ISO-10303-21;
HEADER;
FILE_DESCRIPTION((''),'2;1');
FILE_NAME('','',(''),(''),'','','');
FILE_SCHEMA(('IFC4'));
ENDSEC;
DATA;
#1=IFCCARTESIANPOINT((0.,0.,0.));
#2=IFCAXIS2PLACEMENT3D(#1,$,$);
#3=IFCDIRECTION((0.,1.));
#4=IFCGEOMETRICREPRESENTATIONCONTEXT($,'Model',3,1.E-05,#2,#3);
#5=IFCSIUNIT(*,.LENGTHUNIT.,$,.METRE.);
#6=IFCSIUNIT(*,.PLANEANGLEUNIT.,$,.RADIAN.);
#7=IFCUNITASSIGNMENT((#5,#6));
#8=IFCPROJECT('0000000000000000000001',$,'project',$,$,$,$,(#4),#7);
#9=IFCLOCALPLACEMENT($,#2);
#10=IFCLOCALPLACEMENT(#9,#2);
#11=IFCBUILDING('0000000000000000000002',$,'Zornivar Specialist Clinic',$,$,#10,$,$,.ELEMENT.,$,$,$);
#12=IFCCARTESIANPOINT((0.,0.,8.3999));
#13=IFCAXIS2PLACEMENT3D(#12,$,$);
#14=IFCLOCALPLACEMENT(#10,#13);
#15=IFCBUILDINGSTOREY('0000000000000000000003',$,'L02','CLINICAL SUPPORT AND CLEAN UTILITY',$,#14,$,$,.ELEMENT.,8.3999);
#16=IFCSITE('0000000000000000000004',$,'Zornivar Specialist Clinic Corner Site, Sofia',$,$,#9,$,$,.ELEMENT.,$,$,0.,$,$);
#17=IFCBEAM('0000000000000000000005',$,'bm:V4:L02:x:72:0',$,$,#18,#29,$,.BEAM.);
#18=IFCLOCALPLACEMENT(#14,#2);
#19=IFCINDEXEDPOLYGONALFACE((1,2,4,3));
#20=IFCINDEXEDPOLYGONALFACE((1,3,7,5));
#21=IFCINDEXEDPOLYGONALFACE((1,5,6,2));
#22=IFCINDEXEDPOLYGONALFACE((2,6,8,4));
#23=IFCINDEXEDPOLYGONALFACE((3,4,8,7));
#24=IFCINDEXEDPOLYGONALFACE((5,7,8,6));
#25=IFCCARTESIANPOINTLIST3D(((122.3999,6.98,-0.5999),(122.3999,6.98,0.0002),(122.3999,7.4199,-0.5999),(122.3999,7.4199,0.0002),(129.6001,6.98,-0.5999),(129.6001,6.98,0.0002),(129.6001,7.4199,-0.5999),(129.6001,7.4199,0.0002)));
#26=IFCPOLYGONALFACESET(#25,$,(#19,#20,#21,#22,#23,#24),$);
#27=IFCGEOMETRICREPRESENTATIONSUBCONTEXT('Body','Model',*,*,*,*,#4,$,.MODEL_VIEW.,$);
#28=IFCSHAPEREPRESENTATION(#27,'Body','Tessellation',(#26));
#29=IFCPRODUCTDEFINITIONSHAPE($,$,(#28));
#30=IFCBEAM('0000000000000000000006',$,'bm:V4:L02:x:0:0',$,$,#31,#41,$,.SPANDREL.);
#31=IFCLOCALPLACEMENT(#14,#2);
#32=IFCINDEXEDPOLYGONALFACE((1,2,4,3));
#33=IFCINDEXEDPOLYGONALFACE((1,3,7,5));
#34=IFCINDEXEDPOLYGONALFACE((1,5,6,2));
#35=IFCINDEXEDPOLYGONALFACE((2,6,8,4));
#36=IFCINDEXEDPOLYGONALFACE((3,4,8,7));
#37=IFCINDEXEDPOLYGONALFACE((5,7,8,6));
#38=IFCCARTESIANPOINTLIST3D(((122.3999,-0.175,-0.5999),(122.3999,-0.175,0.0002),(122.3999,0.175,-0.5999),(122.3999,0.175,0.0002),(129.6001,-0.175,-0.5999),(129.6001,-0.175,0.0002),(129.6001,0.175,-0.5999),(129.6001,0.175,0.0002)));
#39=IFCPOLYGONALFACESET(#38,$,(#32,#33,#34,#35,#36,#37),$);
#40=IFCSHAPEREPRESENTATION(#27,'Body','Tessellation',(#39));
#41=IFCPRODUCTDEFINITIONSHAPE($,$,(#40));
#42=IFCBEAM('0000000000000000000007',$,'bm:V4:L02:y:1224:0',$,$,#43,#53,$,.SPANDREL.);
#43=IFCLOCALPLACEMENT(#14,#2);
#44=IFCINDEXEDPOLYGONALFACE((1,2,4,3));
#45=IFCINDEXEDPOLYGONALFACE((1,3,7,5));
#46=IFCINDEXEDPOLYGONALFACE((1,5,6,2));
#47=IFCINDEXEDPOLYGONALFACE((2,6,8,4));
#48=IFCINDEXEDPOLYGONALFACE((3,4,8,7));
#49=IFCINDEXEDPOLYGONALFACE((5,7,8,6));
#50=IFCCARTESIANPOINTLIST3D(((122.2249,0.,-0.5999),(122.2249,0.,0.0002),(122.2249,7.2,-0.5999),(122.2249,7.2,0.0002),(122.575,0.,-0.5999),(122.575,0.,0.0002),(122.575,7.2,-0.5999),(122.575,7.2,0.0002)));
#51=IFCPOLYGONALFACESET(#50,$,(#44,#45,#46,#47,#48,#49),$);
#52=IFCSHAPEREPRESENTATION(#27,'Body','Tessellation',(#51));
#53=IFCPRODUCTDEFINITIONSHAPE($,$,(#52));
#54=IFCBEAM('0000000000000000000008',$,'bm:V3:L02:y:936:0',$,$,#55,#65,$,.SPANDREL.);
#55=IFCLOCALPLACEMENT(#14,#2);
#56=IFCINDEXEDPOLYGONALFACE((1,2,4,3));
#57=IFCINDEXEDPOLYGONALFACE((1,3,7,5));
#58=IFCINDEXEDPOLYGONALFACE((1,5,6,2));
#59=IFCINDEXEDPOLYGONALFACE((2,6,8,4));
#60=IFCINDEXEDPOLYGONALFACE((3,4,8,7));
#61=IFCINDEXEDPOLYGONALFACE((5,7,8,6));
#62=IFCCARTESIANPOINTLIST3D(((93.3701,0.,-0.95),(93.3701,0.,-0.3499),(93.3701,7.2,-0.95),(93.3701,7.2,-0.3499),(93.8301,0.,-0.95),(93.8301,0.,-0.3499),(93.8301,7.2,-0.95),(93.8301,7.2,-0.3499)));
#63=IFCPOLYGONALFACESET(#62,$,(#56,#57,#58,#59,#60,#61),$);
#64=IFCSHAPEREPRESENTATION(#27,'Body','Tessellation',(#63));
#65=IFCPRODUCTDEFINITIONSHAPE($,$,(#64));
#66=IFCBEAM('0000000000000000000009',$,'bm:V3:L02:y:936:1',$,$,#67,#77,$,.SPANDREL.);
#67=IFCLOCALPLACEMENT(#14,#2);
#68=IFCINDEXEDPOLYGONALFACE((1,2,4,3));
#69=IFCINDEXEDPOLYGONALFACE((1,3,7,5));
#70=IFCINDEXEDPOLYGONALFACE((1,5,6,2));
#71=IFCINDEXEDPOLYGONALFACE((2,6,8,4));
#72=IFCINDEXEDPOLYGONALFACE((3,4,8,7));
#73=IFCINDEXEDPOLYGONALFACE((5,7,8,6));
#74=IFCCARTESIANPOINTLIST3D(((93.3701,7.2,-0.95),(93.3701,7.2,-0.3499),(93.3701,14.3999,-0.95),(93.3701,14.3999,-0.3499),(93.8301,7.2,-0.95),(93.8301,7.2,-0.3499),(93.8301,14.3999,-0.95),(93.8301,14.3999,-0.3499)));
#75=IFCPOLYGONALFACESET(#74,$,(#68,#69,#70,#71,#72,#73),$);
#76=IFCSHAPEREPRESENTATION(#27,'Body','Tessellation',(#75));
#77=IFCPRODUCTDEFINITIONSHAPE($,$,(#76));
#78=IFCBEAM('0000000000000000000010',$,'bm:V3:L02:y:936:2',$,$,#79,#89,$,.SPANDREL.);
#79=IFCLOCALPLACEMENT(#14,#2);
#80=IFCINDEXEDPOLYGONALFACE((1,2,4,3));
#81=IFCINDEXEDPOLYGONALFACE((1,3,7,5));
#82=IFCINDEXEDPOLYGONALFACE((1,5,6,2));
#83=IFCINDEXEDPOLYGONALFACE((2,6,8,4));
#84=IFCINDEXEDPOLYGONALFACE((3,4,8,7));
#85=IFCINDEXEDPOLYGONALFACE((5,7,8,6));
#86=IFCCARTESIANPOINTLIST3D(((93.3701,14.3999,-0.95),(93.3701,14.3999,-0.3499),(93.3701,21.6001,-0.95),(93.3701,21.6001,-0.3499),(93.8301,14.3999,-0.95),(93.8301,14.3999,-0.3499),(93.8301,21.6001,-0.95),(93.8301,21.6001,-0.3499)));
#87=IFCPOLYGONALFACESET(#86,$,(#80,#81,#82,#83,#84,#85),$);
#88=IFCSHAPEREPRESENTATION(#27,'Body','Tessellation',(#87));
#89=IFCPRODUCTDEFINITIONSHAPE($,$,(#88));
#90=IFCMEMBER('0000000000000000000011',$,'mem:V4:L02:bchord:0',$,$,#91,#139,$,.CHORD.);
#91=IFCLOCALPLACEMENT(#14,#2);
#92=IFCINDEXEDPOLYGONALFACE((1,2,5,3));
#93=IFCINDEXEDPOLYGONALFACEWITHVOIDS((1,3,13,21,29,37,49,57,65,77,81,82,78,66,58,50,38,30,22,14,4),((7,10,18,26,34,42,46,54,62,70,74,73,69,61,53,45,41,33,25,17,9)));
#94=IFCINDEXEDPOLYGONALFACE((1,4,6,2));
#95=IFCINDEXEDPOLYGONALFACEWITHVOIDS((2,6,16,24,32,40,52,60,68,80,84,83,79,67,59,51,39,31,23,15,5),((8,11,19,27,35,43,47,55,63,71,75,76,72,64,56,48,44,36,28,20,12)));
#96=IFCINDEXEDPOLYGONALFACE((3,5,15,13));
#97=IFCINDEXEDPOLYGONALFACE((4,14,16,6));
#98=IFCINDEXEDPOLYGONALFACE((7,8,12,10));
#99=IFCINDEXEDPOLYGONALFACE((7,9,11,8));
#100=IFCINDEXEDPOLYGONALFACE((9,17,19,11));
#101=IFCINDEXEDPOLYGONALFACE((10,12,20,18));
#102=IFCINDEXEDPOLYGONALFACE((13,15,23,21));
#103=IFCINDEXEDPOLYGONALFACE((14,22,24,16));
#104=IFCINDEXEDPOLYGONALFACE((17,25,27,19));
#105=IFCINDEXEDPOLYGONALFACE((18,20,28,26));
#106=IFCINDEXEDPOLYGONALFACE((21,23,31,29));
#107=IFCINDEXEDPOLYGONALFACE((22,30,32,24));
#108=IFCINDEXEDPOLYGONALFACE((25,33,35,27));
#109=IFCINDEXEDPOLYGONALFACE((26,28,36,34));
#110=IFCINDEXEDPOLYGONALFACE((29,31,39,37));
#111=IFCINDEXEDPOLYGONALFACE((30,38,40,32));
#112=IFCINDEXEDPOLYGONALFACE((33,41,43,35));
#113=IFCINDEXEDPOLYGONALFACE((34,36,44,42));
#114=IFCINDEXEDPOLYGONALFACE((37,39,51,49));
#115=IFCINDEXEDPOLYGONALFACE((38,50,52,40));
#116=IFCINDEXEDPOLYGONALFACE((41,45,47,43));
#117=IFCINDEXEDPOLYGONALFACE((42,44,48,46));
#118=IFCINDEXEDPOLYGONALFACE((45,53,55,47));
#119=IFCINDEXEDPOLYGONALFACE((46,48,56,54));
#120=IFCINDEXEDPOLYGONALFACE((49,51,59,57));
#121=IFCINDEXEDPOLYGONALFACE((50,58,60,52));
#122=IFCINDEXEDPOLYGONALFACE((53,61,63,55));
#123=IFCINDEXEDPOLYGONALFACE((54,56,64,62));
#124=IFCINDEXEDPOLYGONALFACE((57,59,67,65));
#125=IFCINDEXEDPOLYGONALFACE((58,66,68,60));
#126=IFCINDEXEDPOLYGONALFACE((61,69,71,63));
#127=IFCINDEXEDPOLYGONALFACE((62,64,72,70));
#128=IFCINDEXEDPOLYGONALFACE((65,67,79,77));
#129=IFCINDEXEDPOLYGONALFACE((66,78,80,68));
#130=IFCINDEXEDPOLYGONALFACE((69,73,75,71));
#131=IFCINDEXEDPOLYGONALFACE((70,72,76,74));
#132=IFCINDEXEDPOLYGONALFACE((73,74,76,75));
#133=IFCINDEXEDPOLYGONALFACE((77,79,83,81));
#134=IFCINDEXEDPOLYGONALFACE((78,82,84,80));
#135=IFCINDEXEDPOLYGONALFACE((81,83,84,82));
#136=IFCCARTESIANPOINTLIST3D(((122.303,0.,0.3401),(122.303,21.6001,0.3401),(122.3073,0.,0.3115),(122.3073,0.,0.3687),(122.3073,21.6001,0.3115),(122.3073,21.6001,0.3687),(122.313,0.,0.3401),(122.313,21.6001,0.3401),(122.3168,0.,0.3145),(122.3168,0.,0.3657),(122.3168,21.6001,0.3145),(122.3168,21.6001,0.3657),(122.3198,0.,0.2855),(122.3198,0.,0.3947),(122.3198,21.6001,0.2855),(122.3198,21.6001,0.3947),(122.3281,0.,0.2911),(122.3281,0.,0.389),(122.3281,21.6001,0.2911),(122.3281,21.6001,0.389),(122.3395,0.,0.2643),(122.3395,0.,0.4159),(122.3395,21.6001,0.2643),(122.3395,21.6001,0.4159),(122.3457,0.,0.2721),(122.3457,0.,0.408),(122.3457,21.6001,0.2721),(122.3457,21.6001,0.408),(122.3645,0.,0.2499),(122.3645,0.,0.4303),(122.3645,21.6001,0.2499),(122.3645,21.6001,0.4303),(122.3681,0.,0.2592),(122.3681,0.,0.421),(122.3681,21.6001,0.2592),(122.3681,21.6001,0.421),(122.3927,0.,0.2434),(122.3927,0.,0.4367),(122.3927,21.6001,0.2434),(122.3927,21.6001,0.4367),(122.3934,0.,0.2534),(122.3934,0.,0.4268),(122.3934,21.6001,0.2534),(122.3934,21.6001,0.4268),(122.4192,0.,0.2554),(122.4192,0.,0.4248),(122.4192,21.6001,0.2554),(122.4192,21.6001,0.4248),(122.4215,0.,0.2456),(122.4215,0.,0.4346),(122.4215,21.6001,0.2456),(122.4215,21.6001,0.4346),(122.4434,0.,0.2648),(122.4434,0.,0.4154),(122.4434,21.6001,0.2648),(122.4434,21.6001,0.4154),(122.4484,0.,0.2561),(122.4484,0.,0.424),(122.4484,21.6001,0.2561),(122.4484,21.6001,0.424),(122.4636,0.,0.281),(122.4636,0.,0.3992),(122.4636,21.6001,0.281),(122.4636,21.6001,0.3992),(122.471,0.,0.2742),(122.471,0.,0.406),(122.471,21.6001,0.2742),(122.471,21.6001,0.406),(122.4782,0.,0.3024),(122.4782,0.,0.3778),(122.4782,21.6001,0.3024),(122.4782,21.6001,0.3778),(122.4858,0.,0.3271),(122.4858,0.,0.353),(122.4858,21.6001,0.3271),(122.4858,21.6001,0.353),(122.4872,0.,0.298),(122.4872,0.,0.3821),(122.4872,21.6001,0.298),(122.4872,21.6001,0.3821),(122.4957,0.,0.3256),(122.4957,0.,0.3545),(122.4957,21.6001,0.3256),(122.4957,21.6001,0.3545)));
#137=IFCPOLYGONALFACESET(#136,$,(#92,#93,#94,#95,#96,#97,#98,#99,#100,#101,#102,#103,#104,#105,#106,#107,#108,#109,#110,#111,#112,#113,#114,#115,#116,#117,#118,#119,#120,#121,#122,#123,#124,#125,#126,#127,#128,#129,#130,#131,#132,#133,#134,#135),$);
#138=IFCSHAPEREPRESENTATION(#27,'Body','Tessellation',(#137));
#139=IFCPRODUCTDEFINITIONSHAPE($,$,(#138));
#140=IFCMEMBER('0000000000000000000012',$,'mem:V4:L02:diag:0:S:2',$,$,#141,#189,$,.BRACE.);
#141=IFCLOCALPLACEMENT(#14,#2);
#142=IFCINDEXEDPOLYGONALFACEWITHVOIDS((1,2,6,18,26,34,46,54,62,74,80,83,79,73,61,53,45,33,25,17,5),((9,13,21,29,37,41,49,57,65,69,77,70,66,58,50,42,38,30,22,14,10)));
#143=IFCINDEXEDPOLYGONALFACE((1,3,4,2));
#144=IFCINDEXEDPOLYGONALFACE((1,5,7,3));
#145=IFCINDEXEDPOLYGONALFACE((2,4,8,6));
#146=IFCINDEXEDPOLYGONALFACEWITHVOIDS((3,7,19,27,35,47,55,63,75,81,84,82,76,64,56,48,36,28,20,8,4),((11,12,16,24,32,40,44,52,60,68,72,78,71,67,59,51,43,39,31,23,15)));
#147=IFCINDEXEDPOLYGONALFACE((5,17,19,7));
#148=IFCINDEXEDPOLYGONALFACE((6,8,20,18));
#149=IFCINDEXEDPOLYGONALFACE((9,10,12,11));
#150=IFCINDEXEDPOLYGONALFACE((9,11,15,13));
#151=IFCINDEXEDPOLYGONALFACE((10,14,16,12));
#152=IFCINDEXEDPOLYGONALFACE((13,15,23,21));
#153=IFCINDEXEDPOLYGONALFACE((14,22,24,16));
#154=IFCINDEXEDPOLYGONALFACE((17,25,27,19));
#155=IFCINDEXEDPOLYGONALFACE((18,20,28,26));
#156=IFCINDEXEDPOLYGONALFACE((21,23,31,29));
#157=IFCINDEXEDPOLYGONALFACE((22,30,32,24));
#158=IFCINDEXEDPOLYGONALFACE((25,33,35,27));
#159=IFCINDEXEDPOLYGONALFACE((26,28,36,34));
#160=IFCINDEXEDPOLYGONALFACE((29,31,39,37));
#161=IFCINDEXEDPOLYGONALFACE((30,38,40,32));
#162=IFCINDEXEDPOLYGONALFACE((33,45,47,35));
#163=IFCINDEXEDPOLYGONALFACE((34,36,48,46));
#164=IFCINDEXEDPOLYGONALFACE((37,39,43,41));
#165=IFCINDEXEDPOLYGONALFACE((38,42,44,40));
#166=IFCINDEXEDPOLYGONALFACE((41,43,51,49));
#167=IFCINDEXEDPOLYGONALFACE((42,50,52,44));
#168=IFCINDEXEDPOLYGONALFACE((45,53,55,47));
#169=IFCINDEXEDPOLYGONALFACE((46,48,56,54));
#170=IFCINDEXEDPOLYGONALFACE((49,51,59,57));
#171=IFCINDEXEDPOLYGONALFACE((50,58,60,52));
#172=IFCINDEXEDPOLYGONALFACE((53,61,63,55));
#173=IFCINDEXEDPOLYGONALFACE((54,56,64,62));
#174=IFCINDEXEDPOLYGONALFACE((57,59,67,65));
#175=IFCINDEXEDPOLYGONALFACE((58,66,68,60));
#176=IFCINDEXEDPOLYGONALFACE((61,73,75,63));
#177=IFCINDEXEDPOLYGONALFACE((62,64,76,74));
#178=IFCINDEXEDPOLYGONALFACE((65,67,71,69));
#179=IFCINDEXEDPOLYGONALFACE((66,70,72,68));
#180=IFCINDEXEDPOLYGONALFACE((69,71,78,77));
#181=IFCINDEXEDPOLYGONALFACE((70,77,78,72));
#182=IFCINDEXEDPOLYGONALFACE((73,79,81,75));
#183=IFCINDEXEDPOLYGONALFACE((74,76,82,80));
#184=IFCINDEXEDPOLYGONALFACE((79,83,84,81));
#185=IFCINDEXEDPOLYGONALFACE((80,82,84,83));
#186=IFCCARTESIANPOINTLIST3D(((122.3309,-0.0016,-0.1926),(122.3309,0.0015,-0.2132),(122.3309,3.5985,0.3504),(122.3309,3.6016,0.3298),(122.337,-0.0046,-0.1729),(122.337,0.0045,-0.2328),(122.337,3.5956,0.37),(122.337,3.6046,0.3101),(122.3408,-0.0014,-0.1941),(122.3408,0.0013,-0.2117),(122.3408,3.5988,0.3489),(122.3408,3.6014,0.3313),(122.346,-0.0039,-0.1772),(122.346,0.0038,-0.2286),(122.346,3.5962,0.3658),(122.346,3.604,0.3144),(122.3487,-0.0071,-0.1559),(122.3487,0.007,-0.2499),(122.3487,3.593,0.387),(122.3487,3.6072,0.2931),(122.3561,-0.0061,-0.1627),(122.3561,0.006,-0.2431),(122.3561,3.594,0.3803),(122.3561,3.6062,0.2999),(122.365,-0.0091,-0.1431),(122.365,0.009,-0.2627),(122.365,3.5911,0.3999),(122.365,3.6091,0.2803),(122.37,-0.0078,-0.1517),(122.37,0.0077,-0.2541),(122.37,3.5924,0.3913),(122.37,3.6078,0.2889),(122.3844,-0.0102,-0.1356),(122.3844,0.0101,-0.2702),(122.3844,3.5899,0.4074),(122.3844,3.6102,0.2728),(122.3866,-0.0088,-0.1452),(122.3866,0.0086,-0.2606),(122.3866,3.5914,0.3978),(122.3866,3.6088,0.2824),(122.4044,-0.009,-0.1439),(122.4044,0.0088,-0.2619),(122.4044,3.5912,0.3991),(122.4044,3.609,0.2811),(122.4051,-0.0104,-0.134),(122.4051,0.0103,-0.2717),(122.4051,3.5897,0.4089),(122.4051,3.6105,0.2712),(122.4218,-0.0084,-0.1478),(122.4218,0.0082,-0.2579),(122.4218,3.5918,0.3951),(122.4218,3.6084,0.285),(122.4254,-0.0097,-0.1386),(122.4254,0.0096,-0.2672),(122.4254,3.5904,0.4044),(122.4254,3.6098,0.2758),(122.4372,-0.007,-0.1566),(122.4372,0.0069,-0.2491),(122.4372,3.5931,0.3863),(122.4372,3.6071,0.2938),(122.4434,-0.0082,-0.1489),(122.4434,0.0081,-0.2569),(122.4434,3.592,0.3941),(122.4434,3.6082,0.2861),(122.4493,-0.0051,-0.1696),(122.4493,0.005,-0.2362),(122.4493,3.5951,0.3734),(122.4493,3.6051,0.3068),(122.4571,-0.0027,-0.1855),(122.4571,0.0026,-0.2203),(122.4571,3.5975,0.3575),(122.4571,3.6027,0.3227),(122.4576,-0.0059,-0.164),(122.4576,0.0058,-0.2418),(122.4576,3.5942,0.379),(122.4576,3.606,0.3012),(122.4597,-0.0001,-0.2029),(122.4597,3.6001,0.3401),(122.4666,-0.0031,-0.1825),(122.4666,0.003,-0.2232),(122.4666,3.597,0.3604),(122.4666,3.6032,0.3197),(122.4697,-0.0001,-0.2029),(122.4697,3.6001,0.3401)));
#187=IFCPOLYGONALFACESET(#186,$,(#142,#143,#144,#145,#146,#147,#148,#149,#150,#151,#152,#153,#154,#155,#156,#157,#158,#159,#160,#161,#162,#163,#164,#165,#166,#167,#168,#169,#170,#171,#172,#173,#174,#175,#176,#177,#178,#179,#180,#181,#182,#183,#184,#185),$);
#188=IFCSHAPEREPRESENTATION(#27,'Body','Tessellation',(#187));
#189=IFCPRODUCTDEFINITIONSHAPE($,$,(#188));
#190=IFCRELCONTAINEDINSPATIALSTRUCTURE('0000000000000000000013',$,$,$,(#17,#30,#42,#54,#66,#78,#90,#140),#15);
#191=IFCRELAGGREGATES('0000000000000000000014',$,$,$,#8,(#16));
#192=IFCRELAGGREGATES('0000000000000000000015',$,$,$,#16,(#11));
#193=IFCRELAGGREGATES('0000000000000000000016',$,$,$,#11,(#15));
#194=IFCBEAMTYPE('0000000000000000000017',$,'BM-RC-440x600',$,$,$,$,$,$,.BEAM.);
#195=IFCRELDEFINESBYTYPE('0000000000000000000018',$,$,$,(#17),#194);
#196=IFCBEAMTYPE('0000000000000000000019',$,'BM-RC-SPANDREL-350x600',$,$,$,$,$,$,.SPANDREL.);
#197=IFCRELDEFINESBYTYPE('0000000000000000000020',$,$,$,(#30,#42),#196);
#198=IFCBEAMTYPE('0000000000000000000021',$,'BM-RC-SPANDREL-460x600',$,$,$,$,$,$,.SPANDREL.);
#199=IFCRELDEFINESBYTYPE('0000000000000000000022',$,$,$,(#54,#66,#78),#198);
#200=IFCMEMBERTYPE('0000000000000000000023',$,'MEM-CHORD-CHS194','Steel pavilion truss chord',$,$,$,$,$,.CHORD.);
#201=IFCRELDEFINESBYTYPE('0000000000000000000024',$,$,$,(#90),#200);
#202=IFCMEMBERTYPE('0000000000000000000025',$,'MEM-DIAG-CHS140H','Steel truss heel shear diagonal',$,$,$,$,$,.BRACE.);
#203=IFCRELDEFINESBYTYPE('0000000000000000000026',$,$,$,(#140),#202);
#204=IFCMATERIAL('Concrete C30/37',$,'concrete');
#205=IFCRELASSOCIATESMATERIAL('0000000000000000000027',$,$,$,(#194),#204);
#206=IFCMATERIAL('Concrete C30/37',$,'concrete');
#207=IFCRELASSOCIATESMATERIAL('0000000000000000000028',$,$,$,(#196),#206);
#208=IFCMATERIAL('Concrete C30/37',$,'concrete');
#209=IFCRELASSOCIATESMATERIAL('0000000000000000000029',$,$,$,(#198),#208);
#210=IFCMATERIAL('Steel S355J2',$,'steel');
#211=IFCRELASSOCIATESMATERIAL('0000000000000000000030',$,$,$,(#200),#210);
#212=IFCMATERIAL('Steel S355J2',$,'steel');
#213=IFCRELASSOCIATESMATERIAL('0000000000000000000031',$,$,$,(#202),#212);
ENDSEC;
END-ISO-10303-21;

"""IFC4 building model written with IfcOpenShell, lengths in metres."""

from ifc_helpers import new_model, si_unit, direction, frame, origin, origin_2d, place, context, subcontext, project, spatial, rectangle, hollow_circle, extrude, material, material_profile, profile_set, type_object, element, save


model = new_model("IFC4")

# Units and contexts
model_context = context("Model", 3, precision=1e-05, world=origin(), true_north=direction((0.0, 1.0)))
body_context = subcontext(model_context, "Body", "Model", "MODEL_VIEW")
ifc_project = project(units=[si_unit("LENGTHUNIT", "METRE"), si_unit("PLANEANGLEUNIT", "RADIAN")], contexts=[model_context])

# Site, building, storey
site_placement = place(None, origin())
site = spatial("IfcSite", under=ifc_project, at=site_placement, Name="Zornivar Specialist Clinic Corner Site, Sofia", CompositionType="ELEMENT", RefElevation=0.0)
building_placement = place(site_placement, origin())
building = spatial("IfcBuilding", under=site, at=building_placement, Name="Zornivar Specialist Clinic", CompositionType="ELEMENT")
storey_placement = place(building_placement, frame((0.0, 0.0, 8.3999)))
storey = spatial("IfcBuildingStorey", under=building, at=storey_placement, Name="L02", Description="CLINICAL SUPPORT AND CLEAN UTILITY", CompositionType="ELEMENT", Elevation=8.3999)

# Beams
ifc_material_1 = material(Name="Concrete C30/37", Category="concrete")
ifc_material_profile_1 = material_profile(ifc_material_1, rectangle(XDim=0.4399, YDim=0.6001, at=origin_2d()), Name="RC 440x600")
ifc_profile_set_1 = profile_set([ifc_material_profile_1], Name="Concrete C30/37")
beam_type_1 = type_object("IfcBeamType", Name="BM-RC-440x600", PredefinedType="BEAM", material=ifc_profile_set_1)
beam_1_placement = place(storey_placement, frame((122.3999, 7.2, -0.2998), z_axis=(1.0, 0.0, 0.0), x_axis=(0.0, 1.0, 0.0)))
element("IfcBeam", 1, at=beam_1_placement, inside=storey, type_object=beam_type_1, Name="bm:V4:L02:x:72:0", PredefinedType="BEAM", context=body_context, shape_type="SweptSolid", body=[
    extrude(rectangle(XDim=0.4399, YDim=0.6001, at=origin_2d()), origin(), (0.0, 0.0, 1.0), 7.2002),
])
ifc_material_2 = material(Name="Concrete C30/37", Category="concrete")
ifc_material_profile_2 = material_profile(ifc_material_2, rectangle(XDim=0.3501, YDim=0.6001, at=origin_2d()), Name="RC 350x600")
ifc_profile_set_2 = profile_set([ifc_material_profile_2], Name="Concrete C30/37")
beam_type_2 = type_object("IfcBeamType", Name="BM-RC-SPANDREL-350x600", PredefinedType="SPANDREL", material=ifc_profile_set_2)
beam_2_placement = place(storey_placement, frame((122.3999, 0.0, -0.2998), z_axis=(1.0, 0.0, 0.0), x_axis=(0.0, 1.0, 0.0)))
element("IfcBeam", 2, at=beam_2_placement, inside=storey, type_object=beam_type_2, Name="bm:V4:L02:x:0:0", PredefinedType="SPANDREL", context=body_context, shape_type="SweptSolid", body=[
    extrude(rectangle(XDim=0.3501, YDim=0.6001, at=origin_2d()), origin(), (0.0, 0.0, 1.0), 7.2002),
])
beam_3_placement = place(storey_placement, frame((122.3999, 0.0, -0.2998), z_axis=(0.0, 1.0, 0.0), x_axis=(-1.0, 0.0, 0.0)))
element("IfcBeam", 3, at=beam_3_placement, inside=storey, type_object=beam_type_2, Name="bm:V4:L02:y:1224:0", PredefinedType="SPANDREL", context=body_context, shape_type="SweptSolid", body=[
    extrude(rectangle(XDim=0.3501, YDim=0.6001, at=origin_2d()), origin(), (0.0, 0.0, 1.0), 7.2),
])
ifc_material_3 = material(Name="Concrete C30/37", Category="concrete")
ifc_material_profile_3 = material_profile(ifc_material_3, rectangle(XDim=0.46, YDim=0.6001, at=origin_2d()), Name="RC 460x600")
ifc_profile_set_3 = profile_set([ifc_material_profile_3], Name="Concrete C30/37")
beam_type_3 = type_object("IfcBeamType", Name="BM-RC-SPANDREL-460x600", PredefinedType="SPANDREL", material=ifc_profile_set_3)
for number, where, z_axis, x_axis, name in (
    (4, (93.6001, 0.0, -0.6499), (0.0, 1.0, 0.0), (-1.0, 0.0, 0.0), "bm:V3:L02:y:936:0"),
    (5, (93.6001, 7.2, -0.6499), (0.0, 1.0, 0.0), (-1.0, 0.0, 0.0), "bm:V3:L02:y:936:1"),
):
    element("IfcBeam", number, at=place(storey_placement, frame(where, z_axis=z_axis, x_axis=x_axis)), inside=storey, type_object=beam_type_3, Name=name, PredefinedType="SPANDREL", context=body_context, shape_type="SweptSolid", body=[
        extrude(rectangle(XDim=0.46, YDim=0.6001, at=origin_2d()), origin(), (0.0, 0.0, 1.0), 7.2),
    ])
beam_4_placement = place(storey_placement, frame((93.6001, 14.3999, -0.6499), z_axis=(0.0, 1.0, 0.0), x_axis=(-1.0, 0.0, 0.0)))
element("IfcBeam", 6, at=beam_4_placement, inside=storey, type_object=beam_type_3, Name="bm:V3:L02:y:936:2", PredefinedType="SPANDREL", context=body_context, shape_type="SweptSolid", body=[
    extrude(rectangle(XDim=0.46, YDim=0.6001, at=origin_2d()), origin(), (0.0, 0.0, 1.0), 7.2002),
])

# Members
ifc_material_4 = material(Name="Steel S355J2", Category="steel")
ifc_material_profile_4 = material_profile(ifc_material_4, hollow_circle(Radius=0.0969, WallThickness=0.01, at=origin_2d()), Name="CHS 193.7x10")
ifc_profile_set_4 = profile_set([ifc_material_profile_4], Name="Steel S355J2")
member_type_1 = type_object("IfcMemberType", Name="MEM-CHORD-CHS194", Description="Steel pavilion truss chord", PredefinedType="CHORD", material=ifc_profile_set_4)
member_1_placement = place(storey_placement, frame((122.3999, 0.0, 0.3401), z_axis=(0.0, 1.0, 0.0), x_axis=(-1.0, 0.0, 0.0)))
element("IfcMember", 7, at=member_1_placement, inside=storey, type_object=member_type_1, Name="mem:V4:L02:bchord:0", PredefinedType="CHORD", context=body_context, shape_type="SweptSolid", body=[
    extrude(hollow_circle(Radius=0.0969, WallThickness=0.01, at=origin_2d()), origin(), (0.0, 0.0, 1.0), 21.6001),
])
ifc_material_5 = material(Name="Steel S355J2", Category="steel")
ifc_material_profile_5 = material_profile(ifc_material_5, hollow_circle(Radius=0.0698, WallThickness=0.01, at=origin_2d()), Name="CHS 139.7x10")
ifc_profile_set_5 = profile_set([ifc_material_profile_5], Name="Steel S355J2")
member_type_2 = type_object("IfcMemberType", Name="MEM-DIAG-CHS140H", Description="Steel truss heel shear diagonal", PredefinedType="BRACE", material=ifc_profile_set_5)
member_2_placement = place(storey_placement, frame((122.3999, 3.6001, 0.3401), z_axis=(0.0, -0.988817, -0.149134), x_axis=(1.0, 0.0, 0.0)))
element("IfcMember", 8, at=member_2_placement, inside=storey, type_object=member_type_2, Name="mem:V4:L02:diag:0:S:2", PredefinedType="BRACE", context=body_context, shape_type="SweptSolid", body=[
    extrude(hollow_circle(Radius=0.0698, WallThickness=0.01, at=origin_2d()), origin(), (0.0, 0.0, 1.0), 3.6409),
])

save(model, "model.ifc")
